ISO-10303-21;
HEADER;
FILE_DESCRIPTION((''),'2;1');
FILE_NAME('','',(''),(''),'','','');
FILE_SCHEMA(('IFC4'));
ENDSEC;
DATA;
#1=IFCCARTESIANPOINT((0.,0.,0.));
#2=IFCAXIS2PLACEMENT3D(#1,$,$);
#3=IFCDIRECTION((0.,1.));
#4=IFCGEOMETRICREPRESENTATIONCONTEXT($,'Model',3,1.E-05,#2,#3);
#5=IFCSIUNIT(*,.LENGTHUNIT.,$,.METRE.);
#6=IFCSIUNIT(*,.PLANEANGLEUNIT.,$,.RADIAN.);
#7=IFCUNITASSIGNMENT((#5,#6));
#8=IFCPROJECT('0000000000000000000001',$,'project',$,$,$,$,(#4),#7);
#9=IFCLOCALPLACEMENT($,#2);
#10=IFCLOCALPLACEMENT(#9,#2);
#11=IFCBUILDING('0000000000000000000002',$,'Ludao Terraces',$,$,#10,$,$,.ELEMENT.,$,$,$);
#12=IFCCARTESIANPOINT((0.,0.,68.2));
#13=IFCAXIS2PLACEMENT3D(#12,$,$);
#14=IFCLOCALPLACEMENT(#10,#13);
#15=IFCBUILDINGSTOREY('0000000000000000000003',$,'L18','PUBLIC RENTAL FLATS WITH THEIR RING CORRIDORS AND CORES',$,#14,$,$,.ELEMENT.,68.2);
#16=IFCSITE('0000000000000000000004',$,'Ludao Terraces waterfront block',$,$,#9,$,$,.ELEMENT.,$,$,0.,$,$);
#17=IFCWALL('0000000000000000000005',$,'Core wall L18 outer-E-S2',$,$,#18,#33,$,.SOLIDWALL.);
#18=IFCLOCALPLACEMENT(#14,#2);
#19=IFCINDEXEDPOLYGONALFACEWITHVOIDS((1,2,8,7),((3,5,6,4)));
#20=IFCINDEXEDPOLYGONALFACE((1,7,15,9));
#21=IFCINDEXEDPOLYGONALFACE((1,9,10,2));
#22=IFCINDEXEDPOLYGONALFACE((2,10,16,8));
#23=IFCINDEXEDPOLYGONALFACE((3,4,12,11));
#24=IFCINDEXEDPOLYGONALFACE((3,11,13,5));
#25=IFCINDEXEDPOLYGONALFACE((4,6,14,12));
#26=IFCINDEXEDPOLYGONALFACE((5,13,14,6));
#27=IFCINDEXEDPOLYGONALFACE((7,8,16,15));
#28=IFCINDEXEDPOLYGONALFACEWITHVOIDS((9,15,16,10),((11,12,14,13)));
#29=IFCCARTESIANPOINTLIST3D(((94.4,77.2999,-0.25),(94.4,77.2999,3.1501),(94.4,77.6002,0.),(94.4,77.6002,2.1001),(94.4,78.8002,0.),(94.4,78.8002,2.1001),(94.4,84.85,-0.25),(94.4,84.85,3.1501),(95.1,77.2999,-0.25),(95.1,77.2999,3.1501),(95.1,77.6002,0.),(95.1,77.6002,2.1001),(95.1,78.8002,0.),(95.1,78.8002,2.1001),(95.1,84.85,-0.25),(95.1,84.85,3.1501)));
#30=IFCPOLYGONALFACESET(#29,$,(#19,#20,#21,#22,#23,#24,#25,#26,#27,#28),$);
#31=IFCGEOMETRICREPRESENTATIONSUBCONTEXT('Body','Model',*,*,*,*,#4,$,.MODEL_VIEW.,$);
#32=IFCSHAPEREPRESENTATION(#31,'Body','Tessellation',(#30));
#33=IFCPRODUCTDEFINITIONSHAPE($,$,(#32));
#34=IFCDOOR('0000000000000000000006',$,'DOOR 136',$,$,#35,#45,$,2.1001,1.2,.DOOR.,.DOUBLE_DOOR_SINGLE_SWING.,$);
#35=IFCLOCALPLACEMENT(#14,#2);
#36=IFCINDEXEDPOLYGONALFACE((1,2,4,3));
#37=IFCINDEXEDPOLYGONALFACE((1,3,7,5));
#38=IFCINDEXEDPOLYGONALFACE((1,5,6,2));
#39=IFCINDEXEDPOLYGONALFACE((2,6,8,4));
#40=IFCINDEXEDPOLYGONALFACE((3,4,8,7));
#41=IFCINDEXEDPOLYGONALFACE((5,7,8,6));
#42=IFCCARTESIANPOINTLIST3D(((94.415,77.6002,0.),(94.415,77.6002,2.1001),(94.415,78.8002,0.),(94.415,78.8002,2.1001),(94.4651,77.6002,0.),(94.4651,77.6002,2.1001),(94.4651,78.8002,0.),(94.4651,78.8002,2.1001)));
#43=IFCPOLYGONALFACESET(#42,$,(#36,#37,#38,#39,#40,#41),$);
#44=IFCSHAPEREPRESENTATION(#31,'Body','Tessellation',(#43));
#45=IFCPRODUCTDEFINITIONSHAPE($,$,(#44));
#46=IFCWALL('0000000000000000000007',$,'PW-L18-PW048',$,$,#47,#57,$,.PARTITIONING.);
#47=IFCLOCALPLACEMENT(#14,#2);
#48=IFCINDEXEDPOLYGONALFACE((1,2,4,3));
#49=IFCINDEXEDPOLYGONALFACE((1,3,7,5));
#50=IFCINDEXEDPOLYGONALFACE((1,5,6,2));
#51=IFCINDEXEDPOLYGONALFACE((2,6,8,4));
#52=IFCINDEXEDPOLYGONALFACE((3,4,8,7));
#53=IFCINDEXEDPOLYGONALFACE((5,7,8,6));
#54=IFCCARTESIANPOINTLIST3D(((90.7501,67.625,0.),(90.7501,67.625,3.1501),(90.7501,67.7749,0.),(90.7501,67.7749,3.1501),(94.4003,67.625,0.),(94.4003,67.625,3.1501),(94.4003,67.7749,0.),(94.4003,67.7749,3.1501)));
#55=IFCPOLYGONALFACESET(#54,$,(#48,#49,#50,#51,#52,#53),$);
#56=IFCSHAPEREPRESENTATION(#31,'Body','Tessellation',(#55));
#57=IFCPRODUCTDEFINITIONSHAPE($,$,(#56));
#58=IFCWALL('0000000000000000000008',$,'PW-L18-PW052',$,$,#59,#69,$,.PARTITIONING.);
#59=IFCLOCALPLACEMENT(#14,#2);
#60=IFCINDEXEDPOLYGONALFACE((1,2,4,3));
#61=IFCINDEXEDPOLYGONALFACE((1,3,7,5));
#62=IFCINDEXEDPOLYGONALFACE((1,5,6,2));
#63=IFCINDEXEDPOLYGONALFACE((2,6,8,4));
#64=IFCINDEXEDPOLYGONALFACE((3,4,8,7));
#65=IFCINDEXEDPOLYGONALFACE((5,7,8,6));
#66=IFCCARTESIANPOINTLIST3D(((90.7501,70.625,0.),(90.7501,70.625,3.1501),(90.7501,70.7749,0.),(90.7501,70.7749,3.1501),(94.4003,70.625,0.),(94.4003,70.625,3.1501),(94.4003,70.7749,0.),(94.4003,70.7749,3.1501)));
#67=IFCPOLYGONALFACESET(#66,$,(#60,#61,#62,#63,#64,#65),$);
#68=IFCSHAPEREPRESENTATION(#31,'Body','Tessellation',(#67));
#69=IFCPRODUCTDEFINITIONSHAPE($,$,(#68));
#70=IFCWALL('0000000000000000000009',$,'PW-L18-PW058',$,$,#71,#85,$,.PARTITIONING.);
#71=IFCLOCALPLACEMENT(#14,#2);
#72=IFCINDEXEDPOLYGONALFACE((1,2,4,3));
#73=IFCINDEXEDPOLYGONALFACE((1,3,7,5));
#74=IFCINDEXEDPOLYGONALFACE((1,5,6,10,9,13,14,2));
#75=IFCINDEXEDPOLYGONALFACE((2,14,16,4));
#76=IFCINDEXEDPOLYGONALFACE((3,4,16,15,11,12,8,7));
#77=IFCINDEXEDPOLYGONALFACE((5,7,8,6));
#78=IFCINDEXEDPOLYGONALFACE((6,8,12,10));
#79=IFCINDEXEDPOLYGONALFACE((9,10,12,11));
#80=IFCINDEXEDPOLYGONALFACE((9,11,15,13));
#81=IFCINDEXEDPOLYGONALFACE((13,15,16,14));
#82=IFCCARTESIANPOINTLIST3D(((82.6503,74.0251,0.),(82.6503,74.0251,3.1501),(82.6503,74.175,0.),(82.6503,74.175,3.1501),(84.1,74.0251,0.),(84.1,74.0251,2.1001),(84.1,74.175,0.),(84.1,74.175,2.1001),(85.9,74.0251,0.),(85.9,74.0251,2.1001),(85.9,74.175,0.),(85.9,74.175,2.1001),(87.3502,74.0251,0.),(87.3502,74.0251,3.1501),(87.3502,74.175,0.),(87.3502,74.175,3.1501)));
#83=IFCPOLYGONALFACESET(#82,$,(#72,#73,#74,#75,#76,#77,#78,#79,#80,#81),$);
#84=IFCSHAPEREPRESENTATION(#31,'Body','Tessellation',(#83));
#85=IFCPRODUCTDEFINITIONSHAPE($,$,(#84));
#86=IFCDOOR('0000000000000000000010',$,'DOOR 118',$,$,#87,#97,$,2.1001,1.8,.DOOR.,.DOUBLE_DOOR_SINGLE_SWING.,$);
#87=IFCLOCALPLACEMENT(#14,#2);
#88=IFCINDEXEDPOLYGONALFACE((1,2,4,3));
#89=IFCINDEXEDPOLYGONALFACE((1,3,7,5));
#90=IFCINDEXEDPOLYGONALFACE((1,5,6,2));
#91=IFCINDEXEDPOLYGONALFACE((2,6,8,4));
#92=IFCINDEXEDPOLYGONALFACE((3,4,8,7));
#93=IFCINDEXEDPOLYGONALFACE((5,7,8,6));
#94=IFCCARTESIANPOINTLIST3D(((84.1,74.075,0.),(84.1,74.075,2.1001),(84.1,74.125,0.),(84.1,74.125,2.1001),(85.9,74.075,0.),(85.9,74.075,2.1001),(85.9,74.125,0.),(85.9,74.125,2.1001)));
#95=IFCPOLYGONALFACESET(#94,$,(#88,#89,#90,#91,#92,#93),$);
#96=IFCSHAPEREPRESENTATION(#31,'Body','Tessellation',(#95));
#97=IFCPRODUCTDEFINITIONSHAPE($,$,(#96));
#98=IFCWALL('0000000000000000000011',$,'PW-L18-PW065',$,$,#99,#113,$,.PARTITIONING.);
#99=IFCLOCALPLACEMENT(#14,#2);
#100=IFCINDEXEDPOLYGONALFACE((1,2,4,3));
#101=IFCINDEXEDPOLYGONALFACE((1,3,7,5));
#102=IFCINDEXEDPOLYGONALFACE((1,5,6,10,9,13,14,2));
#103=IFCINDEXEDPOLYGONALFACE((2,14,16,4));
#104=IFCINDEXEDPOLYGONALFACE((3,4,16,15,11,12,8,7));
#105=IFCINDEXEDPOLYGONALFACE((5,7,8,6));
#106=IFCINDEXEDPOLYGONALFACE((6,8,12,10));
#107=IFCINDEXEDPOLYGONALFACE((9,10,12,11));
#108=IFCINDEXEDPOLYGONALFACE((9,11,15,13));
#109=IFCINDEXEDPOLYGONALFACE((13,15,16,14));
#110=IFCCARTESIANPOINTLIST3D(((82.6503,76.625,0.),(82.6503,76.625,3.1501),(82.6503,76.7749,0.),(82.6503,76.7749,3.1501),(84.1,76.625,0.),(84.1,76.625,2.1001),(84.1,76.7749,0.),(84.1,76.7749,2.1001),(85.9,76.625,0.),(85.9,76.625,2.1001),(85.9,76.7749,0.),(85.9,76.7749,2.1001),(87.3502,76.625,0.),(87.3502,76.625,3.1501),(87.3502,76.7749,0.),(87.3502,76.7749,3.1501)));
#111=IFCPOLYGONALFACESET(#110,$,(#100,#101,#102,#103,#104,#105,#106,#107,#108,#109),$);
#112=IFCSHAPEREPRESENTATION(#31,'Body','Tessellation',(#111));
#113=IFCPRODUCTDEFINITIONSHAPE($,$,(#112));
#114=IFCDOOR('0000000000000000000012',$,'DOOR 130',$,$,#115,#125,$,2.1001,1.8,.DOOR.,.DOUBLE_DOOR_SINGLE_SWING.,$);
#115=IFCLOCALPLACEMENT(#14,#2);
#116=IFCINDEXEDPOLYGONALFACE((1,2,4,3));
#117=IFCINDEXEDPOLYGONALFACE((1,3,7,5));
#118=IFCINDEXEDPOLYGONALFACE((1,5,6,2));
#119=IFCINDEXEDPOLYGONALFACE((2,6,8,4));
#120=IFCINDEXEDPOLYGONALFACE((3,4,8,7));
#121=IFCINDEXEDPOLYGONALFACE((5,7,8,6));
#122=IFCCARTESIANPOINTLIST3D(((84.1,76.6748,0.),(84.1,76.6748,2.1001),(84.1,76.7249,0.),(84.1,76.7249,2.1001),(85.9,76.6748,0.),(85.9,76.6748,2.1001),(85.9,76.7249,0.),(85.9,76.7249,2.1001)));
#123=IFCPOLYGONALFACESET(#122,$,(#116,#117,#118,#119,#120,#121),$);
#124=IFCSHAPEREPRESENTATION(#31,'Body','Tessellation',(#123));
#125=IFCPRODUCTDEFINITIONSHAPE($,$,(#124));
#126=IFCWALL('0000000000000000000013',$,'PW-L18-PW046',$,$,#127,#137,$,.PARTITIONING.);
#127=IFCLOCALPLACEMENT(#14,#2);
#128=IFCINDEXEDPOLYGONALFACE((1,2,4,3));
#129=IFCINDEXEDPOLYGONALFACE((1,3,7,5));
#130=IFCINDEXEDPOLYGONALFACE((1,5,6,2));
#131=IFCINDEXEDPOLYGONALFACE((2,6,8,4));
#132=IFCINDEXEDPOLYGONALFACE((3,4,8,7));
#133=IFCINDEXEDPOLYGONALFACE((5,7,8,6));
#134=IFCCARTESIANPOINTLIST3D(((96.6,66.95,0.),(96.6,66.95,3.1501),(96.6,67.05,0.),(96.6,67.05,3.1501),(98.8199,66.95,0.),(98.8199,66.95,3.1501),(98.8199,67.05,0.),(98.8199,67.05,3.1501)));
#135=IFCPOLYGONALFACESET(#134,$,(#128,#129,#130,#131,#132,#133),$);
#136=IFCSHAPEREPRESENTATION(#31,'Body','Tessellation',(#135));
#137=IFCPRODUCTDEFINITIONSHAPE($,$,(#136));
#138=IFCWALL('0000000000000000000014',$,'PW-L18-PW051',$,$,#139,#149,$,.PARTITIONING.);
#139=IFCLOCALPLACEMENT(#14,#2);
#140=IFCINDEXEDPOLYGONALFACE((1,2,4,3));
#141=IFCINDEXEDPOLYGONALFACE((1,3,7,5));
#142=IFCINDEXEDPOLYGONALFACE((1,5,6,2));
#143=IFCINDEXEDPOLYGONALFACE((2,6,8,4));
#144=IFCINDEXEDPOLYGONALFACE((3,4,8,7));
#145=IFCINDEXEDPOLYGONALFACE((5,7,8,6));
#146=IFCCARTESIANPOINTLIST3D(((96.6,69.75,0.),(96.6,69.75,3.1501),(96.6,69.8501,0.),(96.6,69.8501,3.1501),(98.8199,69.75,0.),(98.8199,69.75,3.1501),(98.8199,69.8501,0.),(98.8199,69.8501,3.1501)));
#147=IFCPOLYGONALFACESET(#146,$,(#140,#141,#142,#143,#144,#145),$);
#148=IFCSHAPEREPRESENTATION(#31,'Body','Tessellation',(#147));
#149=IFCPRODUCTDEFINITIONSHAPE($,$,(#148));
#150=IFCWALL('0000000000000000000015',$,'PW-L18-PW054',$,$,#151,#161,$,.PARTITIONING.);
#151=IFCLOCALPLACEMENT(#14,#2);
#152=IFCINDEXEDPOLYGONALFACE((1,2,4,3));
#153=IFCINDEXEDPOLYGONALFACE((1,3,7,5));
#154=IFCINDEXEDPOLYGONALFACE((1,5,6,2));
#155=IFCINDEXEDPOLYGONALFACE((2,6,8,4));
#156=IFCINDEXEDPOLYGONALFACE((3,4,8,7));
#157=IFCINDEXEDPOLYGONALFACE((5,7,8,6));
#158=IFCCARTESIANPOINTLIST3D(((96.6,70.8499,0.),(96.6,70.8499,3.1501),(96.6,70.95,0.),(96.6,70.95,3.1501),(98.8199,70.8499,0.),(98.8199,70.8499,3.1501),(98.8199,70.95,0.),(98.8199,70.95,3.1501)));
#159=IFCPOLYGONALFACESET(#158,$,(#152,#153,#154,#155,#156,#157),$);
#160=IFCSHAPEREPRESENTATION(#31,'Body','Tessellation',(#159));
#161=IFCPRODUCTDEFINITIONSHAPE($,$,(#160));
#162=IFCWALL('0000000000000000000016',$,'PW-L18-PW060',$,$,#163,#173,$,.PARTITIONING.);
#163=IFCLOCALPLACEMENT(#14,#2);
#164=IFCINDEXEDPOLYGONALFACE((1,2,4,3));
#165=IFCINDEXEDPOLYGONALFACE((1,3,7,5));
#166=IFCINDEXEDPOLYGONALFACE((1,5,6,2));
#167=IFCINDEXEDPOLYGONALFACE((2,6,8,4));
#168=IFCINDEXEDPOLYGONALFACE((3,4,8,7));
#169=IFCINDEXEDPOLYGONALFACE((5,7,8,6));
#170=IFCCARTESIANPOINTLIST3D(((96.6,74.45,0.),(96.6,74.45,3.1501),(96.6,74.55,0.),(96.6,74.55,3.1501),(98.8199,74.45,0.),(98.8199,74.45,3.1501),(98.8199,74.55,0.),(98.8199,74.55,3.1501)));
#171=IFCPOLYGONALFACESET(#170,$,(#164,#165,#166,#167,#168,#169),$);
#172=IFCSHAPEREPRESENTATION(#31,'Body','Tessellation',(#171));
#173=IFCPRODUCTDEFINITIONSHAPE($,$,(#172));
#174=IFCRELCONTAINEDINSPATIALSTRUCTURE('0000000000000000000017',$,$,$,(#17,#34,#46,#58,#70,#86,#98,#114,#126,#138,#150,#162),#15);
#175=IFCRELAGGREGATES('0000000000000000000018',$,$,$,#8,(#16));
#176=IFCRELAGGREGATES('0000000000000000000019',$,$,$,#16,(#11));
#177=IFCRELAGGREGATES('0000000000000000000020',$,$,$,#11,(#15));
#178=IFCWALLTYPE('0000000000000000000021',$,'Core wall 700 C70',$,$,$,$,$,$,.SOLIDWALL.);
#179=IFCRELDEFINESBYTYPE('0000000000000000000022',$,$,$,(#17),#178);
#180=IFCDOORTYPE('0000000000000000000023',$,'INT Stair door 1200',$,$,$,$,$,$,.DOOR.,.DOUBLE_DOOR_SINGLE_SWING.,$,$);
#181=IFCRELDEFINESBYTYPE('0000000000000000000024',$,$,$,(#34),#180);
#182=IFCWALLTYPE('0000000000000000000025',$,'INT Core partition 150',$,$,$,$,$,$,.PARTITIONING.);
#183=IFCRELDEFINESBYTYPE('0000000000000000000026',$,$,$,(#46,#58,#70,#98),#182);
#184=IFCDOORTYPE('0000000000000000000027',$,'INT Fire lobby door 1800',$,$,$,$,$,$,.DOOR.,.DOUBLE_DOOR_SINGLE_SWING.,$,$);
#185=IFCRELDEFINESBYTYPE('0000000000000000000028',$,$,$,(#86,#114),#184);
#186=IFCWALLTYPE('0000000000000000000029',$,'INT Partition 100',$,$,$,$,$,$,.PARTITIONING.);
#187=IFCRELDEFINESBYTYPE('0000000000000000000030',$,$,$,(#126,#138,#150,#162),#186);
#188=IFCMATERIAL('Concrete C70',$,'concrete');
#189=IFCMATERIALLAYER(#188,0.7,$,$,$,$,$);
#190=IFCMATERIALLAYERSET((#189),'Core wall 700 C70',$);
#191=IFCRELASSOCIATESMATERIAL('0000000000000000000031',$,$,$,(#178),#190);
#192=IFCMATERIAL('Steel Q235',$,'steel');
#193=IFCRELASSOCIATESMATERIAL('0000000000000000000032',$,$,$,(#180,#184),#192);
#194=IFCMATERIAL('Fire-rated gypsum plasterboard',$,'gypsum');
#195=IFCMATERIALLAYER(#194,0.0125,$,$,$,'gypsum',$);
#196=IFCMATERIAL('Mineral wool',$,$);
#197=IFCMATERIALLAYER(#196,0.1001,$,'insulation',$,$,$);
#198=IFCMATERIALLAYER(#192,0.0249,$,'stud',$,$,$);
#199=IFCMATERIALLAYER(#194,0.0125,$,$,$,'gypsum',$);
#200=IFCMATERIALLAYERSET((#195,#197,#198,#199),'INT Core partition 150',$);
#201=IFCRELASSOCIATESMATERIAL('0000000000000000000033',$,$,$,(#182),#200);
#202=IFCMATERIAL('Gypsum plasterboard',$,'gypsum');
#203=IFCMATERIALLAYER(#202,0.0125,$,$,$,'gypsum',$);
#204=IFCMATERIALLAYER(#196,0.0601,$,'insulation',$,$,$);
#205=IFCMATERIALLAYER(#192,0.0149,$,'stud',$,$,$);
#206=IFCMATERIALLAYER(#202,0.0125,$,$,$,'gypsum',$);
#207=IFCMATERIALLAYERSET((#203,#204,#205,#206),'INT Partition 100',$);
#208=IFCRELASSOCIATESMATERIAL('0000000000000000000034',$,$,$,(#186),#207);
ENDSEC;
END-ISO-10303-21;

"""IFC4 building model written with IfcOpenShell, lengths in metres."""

from ifc_helpers import new_model, si_unit, direction, frame, frame_2d, origin, place, context, subcontext, project, spatial, rectangle, extrude, material, layer, layer_set, type_object, element, fill, save


model = new_model("IFC4")

# Units and contexts
model_context = context("Model", 3, precision=1e-05, world=origin(), true_north=direction((0.0, 1.0)))
body_context = subcontext(model_context, "Body", "Model", "MODEL_VIEW")
ifc_project = project(units=[si_unit("LENGTHUNIT", "METRE"), si_unit("PLANEANGLEUNIT", "RADIAN")], contexts=[model_context])

# Site, building, storey
site_placement = place(None, origin())
site = spatial("IfcSite", under=ifc_project, at=site_placement, Name="Ludao Terraces waterfront block", CompositionType="ELEMENT", RefElevation=0.0)
building_placement = place(site_placement, origin())
building = spatial("IfcBuilding", under=site, at=building_placement, Name="Ludao Terraces", CompositionType="ELEMENT")
storey_placement = place(building_placement, frame((0.0, 0.0, 68.2)))
storey = spatial("IfcBuildingStorey", under=building, at=storey_placement, Name="L18", Description="PUBLIC RENTAL FLATS WITH THEIR RING CORRIDORS AND CORES", CompositionType="ELEMENT", Elevation=68.2)

# Wall, opening, door
ifc_material_1 = material(Name="Concrete C70", Category="concrete")
ifc_layer_1 = layer(ifc_material_1, 0.7)
ifc_layer_set_1 = layer_set([ifc_layer_1], Name="Core wall 700 C70")
wall_type_1 = type_object("IfcWallType", Name="Core wall 700 C70", PredefinedType="SOLIDWALL", material=ifc_layer_set_1)
wall_1_placement = place(storey_placement, frame((94.75, 77.3, -0.25), z_axis=(0.0, 0.0, 1.0), x_axis=(0.0, 1.0, 0.0)))
wall_1 = element("IfcWall", 1, at=wall_1_placement, inside=storey, type_object=wall_type_1, Name="Core wall L18 outer-E-S2", PredefinedType="SOLIDWALL", context=body_context, shape_type="SweptSolid", body=[
    extrude(rectangle(XDim=7.55, YDim=0.7, at=frame_2d((3.7749, 0.0))), origin(), (0.0, 0.0, 1.0), 3.4001),
])
opening_1_placement = place(wall_1_placement, frame((0.3, 0.0, 0.25)))
opening_1 = element("IfcOpeningElement", 2, at=opening_1_placement, cuts=wall_1, PredefinedType="OPENING", context=body_context, shape_type="SweptSolid", body=[
    extrude(rectangle(XDim=1.2, YDim=2.1001, at=frame_2d((0.6001, 1.05))), frame((0.0, 0.3599, 0.0), z_axis=(0.0, -1.0, 0.0), x_axis=(1.0, 0.0, 0.0)), (0.0, 0.0, 1.0), 0.72),
])
ifc_material_2 = material(Name="Steel Q235", Category="steel")
door_type_1 = type_object("IfcDoorType", Name="INT Stair door 1200", OperationType="DOUBLE_DOOR_SINGLE_SWING", PredefinedType="DOOR", material=ifc_material_2)
door_1_placement = place(opening_1_placement, origin())
door_1 = element("IfcDoor", 3, at=door_1_placement, inside=storey, type_object=door_type_1, Name="DOOR 136", OperationType="DOUBLE_DOOR_SINGLE_SWING", OverallHeight=2.1001, OverallWidth=1.2, PredefinedType="DOOR", context=body_context, shape_type="SweptSolid", body=[
    extrude(rectangle(XDim=1.2, YDim=2.1001, at=frame_2d((0.6001, 1.05))), frame((0.0, 0.335, 0.0), z_axis=(0.0, -1.0, 0.0), x_axis=(1.0, 0.0, 0.0)), (0.0, 0.0, 1.0), 0.05),
])
fill(opening_1, door_1)

# Walls
ifc_material_3 = material(Name="Fire-rated gypsum plasterboard", Category="gypsum")
ifc_layer_2 = layer(ifc_material_3, 0.0125, Category="gypsum")
ifc_material_4 = material(Name="Mineral wool")
ifc_layer_3 = layer(ifc_material_4, 0.1001, Name="insulation")
ifc_layer_4 = layer(ifc_material_2, 0.0249, Name="stud")
ifc_layer_5 = layer(ifc_material_3, 0.0125, Category="gypsum")
ifc_layer_set_2 = layer_set([ifc_layer_2, ifc_layer_3, ifc_layer_4, ifc_layer_5], Name="INT Core partition 150")
wall_type_2 = type_object("IfcWallType", Name="INT Core partition 150", PredefinedType="PARTITIONING", material=ifc_layer_set_2)
for number, where, z_axis, x_axis, name in (
    (4, (90.75, 67.7, 0.0), (0.0, 0.0, 1.0), (1.0, 0.0, 0.0), "PW-L18-PW048"),
    (5, (90.75, 70.7, 0.0), (0.0, 0.0, 1.0), (1.0, 0.0, 0.0), "PW-L18-PW052"),
):
    element("IfcWall", number, at=place(storey_placement, frame(where, z_axis=z_axis, x_axis=x_axis)), inside=storey, type_object=wall_type_2, Name=name, PredefinedType="PARTITIONING", context=body_context, shape_type="SweptSolid", body=[
        extrude(rectangle(XDim=3.6501, YDim=0.1499, at=frame_2d((1.8252, 0.0))), origin(), (0.0, 0.0, 1.0), 3.1501),
    ])

# Walls, openings, doors
wall_2_placement = place(storey_placement, frame((82.6501, 74.1001, 0.0), z_axis=(0.0, 0.0, 1.0), x_axis=(1.0, 0.0, 0.0)))
wall_2 = element("IfcWall", 6, at=wall_2_placement, inside=storey, type_object=wall_type_2, Name="PW-L18-PW058", PredefinedType="PARTITIONING", context=body_context, shape_type="SweptSolid", body=[
    extrude(rectangle(XDim=4.7, YDim=0.1499, at=frame_2d((2.3501, 0.0))), origin(), (0.0, 0.0, 1.0), 3.1501),
])
opening_2_placement = place(wall_2_placement, frame((1.45, 0.0, 0.0)))
opening_2 = element("IfcOpeningElement", 7, at=opening_2_placement, cuts=wall_2, PredefinedType="OPENING", context=body_context, shape_type="SweptSolid", body=[
    extrude(rectangle(XDim=1.8, YDim=2.1001, at=frame_2d((0.8999, 1.05))), frame((0.0, 0.085, 0.0), z_axis=(0.0, -1.0, 0.0), x_axis=(1.0, 0.0, 0.0)), (0.0, 0.0, 1.0), 0.1699),
])
door_type_2 = type_object("IfcDoorType", Name="INT Fire lobby door 1800", OperationType="DOUBLE_DOOR_SINGLE_SWING", PredefinedType="DOOR", material=ifc_material_2)
door_2_placement = place(opening_2_placement, origin())
door_2 = element("IfcDoor", 8, at=door_2_placement, inside=storey, type_object=door_type_2, Name="DOOR 118", OperationType="DOUBLE_DOOR_SINGLE_SWING", OverallHeight=2.1001, OverallWidth=1.8, PredefinedType="DOOR", context=body_context, shape_type="SweptSolid", body=[
    extrude(rectangle(XDim=1.8, YDim=2.1001, at=frame_2d((0.8999, 1.05))), frame((0.0, 0.0249, 0.0), z_axis=(0.0, -1.0, 0.0), x_axis=(1.0, 0.0, 0.0)), (0.0, 0.0, 1.0), 0.05),
])
fill(opening_2, door_2)
wall_3_placement = place(storey_placement, frame((82.6501, 76.7, 0.0), z_axis=(0.0, 0.0, 1.0), x_axis=(1.0, 0.0, 0.0)))
wall_3 = element("IfcWall", 9, at=wall_3_placement, inside=storey, type_object=wall_type_2, Name="PW-L18-PW065", PredefinedType="PARTITIONING", context=body_context, shape_type="SweptSolid", body=[
    extrude(rectangle(XDim=4.7, YDim=0.1499, at=frame_2d((2.3501, 0.0))), origin(), (0.0, 0.0, 1.0), 3.1501),
])
opening_3_placement = place(wall_3_placement, frame((1.45, 0.0, 0.0)))
opening_3 = element("IfcOpeningElement", 10, at=opening_3_placement, cuts=wall_3, PredefinedType="OPENING", context=body_context, shape_type="SweptSolid", body=[
    extrude(rectangle(XDim=1.8, YDim=2.1001, at=frame_2d((0.8999, 1.05))), frame((0.0, 0.085, 0.0), z_axis=(0.0, -1.0, 0.0), x_axis=(1.0, 0.0, 0.0)), (0.0, 0.0, 1.0), 0.1699),
])
door_3_placement = place(opening_3_placement, origin())
door_3 = element("IfcDoor", 11, at=door_3_placement, inside=storey, type_object=door_type_2, Name="DOOR 130", OperationType="DOUBLE_DOOR_SINGLE_SWING", OverallHeight=2.1001, OverallWidth=1.8, PredefinedType="DOOR", context=body_context, shape_type="SweptSolid", body=[
    extrude(rectangle(XDim=1.8, YDim=2.1001, at=frame_2d((0.8999, 1.05))), frame((0.0, 0.0249, 0.0), z_axis=(0.0, -1.0, 0.0), x_axis=(1.0, 0.0, 0.0)), (0.0, 0.0, 1.0), 0.05),
])
fill(opening_3, door_3)

# Walls
ifc_material_5 = material(Name="Gypsum plasterboard", Category="gypsum")
ifc_layer_6 = layer(ifc_material_5, 0.0125, Category="gypsum")
ifc_layer_7 = layer(ifc_material_4, 0.0601, Name="insulation")
ifc_layer_8 = layer(ifc_material_2, 0.0149, Name="stud")
ifc_layer_9 = layer(ifc_material_5, 0.0125, Category="gypsum")
ifc_layer_set_3 = layer_set([ifc_layer_6, ifc_layer_7, ifc_layer_8, ifc_layer_9], Name="INT Partition 100")
wall_type_3 = type_object("IfcWallType", Name="INT Partition 100", PredefinedType="PARTITIONING", material=ifc_layer_set_3)
for number, where, z_axis, x_axis, name in (
    (12, (96.6001, 67.0, 0.0), (0.0, 0.0, 1.0), (1.0, 0.0, 0.0), "PW-L18-PW046"),
    (13, (96.6001, 69.8, 0.0), (0.0, 0.0, 1.0), (1.0, 0.0, 0.0), "PW-L18-PW051"),
    (14, (96.6001, 70.8999, 0.0), (0.0, 0.0, 1.0), (1.0, 0.0, 0.0), "PW-L18-PW054"),
    (15, (96.6001, 74.5, 0.0), (0.0, 0.0, 1.0), (1.0, 0.0, 0.0), "PW-L18-PW060"),
):
    element("IfcWall", number, at=place(storey_placement, frame(where, z_axis=z_axis, x_axis=x_axis)), inside=storey, type_object=wall_type_3, Name=name, PredefinedType="PARTITIONING", context=body_context, shape_type="SweptSolid", body=[
        extrude(rectangle(XDim=2.22, YDim=0.1001, at=frame_2d((1.1099, 0.0))), origin(), (0.0, 0.0, 1.0), 3.1501),
    ])

save(model, "model.ifc")
